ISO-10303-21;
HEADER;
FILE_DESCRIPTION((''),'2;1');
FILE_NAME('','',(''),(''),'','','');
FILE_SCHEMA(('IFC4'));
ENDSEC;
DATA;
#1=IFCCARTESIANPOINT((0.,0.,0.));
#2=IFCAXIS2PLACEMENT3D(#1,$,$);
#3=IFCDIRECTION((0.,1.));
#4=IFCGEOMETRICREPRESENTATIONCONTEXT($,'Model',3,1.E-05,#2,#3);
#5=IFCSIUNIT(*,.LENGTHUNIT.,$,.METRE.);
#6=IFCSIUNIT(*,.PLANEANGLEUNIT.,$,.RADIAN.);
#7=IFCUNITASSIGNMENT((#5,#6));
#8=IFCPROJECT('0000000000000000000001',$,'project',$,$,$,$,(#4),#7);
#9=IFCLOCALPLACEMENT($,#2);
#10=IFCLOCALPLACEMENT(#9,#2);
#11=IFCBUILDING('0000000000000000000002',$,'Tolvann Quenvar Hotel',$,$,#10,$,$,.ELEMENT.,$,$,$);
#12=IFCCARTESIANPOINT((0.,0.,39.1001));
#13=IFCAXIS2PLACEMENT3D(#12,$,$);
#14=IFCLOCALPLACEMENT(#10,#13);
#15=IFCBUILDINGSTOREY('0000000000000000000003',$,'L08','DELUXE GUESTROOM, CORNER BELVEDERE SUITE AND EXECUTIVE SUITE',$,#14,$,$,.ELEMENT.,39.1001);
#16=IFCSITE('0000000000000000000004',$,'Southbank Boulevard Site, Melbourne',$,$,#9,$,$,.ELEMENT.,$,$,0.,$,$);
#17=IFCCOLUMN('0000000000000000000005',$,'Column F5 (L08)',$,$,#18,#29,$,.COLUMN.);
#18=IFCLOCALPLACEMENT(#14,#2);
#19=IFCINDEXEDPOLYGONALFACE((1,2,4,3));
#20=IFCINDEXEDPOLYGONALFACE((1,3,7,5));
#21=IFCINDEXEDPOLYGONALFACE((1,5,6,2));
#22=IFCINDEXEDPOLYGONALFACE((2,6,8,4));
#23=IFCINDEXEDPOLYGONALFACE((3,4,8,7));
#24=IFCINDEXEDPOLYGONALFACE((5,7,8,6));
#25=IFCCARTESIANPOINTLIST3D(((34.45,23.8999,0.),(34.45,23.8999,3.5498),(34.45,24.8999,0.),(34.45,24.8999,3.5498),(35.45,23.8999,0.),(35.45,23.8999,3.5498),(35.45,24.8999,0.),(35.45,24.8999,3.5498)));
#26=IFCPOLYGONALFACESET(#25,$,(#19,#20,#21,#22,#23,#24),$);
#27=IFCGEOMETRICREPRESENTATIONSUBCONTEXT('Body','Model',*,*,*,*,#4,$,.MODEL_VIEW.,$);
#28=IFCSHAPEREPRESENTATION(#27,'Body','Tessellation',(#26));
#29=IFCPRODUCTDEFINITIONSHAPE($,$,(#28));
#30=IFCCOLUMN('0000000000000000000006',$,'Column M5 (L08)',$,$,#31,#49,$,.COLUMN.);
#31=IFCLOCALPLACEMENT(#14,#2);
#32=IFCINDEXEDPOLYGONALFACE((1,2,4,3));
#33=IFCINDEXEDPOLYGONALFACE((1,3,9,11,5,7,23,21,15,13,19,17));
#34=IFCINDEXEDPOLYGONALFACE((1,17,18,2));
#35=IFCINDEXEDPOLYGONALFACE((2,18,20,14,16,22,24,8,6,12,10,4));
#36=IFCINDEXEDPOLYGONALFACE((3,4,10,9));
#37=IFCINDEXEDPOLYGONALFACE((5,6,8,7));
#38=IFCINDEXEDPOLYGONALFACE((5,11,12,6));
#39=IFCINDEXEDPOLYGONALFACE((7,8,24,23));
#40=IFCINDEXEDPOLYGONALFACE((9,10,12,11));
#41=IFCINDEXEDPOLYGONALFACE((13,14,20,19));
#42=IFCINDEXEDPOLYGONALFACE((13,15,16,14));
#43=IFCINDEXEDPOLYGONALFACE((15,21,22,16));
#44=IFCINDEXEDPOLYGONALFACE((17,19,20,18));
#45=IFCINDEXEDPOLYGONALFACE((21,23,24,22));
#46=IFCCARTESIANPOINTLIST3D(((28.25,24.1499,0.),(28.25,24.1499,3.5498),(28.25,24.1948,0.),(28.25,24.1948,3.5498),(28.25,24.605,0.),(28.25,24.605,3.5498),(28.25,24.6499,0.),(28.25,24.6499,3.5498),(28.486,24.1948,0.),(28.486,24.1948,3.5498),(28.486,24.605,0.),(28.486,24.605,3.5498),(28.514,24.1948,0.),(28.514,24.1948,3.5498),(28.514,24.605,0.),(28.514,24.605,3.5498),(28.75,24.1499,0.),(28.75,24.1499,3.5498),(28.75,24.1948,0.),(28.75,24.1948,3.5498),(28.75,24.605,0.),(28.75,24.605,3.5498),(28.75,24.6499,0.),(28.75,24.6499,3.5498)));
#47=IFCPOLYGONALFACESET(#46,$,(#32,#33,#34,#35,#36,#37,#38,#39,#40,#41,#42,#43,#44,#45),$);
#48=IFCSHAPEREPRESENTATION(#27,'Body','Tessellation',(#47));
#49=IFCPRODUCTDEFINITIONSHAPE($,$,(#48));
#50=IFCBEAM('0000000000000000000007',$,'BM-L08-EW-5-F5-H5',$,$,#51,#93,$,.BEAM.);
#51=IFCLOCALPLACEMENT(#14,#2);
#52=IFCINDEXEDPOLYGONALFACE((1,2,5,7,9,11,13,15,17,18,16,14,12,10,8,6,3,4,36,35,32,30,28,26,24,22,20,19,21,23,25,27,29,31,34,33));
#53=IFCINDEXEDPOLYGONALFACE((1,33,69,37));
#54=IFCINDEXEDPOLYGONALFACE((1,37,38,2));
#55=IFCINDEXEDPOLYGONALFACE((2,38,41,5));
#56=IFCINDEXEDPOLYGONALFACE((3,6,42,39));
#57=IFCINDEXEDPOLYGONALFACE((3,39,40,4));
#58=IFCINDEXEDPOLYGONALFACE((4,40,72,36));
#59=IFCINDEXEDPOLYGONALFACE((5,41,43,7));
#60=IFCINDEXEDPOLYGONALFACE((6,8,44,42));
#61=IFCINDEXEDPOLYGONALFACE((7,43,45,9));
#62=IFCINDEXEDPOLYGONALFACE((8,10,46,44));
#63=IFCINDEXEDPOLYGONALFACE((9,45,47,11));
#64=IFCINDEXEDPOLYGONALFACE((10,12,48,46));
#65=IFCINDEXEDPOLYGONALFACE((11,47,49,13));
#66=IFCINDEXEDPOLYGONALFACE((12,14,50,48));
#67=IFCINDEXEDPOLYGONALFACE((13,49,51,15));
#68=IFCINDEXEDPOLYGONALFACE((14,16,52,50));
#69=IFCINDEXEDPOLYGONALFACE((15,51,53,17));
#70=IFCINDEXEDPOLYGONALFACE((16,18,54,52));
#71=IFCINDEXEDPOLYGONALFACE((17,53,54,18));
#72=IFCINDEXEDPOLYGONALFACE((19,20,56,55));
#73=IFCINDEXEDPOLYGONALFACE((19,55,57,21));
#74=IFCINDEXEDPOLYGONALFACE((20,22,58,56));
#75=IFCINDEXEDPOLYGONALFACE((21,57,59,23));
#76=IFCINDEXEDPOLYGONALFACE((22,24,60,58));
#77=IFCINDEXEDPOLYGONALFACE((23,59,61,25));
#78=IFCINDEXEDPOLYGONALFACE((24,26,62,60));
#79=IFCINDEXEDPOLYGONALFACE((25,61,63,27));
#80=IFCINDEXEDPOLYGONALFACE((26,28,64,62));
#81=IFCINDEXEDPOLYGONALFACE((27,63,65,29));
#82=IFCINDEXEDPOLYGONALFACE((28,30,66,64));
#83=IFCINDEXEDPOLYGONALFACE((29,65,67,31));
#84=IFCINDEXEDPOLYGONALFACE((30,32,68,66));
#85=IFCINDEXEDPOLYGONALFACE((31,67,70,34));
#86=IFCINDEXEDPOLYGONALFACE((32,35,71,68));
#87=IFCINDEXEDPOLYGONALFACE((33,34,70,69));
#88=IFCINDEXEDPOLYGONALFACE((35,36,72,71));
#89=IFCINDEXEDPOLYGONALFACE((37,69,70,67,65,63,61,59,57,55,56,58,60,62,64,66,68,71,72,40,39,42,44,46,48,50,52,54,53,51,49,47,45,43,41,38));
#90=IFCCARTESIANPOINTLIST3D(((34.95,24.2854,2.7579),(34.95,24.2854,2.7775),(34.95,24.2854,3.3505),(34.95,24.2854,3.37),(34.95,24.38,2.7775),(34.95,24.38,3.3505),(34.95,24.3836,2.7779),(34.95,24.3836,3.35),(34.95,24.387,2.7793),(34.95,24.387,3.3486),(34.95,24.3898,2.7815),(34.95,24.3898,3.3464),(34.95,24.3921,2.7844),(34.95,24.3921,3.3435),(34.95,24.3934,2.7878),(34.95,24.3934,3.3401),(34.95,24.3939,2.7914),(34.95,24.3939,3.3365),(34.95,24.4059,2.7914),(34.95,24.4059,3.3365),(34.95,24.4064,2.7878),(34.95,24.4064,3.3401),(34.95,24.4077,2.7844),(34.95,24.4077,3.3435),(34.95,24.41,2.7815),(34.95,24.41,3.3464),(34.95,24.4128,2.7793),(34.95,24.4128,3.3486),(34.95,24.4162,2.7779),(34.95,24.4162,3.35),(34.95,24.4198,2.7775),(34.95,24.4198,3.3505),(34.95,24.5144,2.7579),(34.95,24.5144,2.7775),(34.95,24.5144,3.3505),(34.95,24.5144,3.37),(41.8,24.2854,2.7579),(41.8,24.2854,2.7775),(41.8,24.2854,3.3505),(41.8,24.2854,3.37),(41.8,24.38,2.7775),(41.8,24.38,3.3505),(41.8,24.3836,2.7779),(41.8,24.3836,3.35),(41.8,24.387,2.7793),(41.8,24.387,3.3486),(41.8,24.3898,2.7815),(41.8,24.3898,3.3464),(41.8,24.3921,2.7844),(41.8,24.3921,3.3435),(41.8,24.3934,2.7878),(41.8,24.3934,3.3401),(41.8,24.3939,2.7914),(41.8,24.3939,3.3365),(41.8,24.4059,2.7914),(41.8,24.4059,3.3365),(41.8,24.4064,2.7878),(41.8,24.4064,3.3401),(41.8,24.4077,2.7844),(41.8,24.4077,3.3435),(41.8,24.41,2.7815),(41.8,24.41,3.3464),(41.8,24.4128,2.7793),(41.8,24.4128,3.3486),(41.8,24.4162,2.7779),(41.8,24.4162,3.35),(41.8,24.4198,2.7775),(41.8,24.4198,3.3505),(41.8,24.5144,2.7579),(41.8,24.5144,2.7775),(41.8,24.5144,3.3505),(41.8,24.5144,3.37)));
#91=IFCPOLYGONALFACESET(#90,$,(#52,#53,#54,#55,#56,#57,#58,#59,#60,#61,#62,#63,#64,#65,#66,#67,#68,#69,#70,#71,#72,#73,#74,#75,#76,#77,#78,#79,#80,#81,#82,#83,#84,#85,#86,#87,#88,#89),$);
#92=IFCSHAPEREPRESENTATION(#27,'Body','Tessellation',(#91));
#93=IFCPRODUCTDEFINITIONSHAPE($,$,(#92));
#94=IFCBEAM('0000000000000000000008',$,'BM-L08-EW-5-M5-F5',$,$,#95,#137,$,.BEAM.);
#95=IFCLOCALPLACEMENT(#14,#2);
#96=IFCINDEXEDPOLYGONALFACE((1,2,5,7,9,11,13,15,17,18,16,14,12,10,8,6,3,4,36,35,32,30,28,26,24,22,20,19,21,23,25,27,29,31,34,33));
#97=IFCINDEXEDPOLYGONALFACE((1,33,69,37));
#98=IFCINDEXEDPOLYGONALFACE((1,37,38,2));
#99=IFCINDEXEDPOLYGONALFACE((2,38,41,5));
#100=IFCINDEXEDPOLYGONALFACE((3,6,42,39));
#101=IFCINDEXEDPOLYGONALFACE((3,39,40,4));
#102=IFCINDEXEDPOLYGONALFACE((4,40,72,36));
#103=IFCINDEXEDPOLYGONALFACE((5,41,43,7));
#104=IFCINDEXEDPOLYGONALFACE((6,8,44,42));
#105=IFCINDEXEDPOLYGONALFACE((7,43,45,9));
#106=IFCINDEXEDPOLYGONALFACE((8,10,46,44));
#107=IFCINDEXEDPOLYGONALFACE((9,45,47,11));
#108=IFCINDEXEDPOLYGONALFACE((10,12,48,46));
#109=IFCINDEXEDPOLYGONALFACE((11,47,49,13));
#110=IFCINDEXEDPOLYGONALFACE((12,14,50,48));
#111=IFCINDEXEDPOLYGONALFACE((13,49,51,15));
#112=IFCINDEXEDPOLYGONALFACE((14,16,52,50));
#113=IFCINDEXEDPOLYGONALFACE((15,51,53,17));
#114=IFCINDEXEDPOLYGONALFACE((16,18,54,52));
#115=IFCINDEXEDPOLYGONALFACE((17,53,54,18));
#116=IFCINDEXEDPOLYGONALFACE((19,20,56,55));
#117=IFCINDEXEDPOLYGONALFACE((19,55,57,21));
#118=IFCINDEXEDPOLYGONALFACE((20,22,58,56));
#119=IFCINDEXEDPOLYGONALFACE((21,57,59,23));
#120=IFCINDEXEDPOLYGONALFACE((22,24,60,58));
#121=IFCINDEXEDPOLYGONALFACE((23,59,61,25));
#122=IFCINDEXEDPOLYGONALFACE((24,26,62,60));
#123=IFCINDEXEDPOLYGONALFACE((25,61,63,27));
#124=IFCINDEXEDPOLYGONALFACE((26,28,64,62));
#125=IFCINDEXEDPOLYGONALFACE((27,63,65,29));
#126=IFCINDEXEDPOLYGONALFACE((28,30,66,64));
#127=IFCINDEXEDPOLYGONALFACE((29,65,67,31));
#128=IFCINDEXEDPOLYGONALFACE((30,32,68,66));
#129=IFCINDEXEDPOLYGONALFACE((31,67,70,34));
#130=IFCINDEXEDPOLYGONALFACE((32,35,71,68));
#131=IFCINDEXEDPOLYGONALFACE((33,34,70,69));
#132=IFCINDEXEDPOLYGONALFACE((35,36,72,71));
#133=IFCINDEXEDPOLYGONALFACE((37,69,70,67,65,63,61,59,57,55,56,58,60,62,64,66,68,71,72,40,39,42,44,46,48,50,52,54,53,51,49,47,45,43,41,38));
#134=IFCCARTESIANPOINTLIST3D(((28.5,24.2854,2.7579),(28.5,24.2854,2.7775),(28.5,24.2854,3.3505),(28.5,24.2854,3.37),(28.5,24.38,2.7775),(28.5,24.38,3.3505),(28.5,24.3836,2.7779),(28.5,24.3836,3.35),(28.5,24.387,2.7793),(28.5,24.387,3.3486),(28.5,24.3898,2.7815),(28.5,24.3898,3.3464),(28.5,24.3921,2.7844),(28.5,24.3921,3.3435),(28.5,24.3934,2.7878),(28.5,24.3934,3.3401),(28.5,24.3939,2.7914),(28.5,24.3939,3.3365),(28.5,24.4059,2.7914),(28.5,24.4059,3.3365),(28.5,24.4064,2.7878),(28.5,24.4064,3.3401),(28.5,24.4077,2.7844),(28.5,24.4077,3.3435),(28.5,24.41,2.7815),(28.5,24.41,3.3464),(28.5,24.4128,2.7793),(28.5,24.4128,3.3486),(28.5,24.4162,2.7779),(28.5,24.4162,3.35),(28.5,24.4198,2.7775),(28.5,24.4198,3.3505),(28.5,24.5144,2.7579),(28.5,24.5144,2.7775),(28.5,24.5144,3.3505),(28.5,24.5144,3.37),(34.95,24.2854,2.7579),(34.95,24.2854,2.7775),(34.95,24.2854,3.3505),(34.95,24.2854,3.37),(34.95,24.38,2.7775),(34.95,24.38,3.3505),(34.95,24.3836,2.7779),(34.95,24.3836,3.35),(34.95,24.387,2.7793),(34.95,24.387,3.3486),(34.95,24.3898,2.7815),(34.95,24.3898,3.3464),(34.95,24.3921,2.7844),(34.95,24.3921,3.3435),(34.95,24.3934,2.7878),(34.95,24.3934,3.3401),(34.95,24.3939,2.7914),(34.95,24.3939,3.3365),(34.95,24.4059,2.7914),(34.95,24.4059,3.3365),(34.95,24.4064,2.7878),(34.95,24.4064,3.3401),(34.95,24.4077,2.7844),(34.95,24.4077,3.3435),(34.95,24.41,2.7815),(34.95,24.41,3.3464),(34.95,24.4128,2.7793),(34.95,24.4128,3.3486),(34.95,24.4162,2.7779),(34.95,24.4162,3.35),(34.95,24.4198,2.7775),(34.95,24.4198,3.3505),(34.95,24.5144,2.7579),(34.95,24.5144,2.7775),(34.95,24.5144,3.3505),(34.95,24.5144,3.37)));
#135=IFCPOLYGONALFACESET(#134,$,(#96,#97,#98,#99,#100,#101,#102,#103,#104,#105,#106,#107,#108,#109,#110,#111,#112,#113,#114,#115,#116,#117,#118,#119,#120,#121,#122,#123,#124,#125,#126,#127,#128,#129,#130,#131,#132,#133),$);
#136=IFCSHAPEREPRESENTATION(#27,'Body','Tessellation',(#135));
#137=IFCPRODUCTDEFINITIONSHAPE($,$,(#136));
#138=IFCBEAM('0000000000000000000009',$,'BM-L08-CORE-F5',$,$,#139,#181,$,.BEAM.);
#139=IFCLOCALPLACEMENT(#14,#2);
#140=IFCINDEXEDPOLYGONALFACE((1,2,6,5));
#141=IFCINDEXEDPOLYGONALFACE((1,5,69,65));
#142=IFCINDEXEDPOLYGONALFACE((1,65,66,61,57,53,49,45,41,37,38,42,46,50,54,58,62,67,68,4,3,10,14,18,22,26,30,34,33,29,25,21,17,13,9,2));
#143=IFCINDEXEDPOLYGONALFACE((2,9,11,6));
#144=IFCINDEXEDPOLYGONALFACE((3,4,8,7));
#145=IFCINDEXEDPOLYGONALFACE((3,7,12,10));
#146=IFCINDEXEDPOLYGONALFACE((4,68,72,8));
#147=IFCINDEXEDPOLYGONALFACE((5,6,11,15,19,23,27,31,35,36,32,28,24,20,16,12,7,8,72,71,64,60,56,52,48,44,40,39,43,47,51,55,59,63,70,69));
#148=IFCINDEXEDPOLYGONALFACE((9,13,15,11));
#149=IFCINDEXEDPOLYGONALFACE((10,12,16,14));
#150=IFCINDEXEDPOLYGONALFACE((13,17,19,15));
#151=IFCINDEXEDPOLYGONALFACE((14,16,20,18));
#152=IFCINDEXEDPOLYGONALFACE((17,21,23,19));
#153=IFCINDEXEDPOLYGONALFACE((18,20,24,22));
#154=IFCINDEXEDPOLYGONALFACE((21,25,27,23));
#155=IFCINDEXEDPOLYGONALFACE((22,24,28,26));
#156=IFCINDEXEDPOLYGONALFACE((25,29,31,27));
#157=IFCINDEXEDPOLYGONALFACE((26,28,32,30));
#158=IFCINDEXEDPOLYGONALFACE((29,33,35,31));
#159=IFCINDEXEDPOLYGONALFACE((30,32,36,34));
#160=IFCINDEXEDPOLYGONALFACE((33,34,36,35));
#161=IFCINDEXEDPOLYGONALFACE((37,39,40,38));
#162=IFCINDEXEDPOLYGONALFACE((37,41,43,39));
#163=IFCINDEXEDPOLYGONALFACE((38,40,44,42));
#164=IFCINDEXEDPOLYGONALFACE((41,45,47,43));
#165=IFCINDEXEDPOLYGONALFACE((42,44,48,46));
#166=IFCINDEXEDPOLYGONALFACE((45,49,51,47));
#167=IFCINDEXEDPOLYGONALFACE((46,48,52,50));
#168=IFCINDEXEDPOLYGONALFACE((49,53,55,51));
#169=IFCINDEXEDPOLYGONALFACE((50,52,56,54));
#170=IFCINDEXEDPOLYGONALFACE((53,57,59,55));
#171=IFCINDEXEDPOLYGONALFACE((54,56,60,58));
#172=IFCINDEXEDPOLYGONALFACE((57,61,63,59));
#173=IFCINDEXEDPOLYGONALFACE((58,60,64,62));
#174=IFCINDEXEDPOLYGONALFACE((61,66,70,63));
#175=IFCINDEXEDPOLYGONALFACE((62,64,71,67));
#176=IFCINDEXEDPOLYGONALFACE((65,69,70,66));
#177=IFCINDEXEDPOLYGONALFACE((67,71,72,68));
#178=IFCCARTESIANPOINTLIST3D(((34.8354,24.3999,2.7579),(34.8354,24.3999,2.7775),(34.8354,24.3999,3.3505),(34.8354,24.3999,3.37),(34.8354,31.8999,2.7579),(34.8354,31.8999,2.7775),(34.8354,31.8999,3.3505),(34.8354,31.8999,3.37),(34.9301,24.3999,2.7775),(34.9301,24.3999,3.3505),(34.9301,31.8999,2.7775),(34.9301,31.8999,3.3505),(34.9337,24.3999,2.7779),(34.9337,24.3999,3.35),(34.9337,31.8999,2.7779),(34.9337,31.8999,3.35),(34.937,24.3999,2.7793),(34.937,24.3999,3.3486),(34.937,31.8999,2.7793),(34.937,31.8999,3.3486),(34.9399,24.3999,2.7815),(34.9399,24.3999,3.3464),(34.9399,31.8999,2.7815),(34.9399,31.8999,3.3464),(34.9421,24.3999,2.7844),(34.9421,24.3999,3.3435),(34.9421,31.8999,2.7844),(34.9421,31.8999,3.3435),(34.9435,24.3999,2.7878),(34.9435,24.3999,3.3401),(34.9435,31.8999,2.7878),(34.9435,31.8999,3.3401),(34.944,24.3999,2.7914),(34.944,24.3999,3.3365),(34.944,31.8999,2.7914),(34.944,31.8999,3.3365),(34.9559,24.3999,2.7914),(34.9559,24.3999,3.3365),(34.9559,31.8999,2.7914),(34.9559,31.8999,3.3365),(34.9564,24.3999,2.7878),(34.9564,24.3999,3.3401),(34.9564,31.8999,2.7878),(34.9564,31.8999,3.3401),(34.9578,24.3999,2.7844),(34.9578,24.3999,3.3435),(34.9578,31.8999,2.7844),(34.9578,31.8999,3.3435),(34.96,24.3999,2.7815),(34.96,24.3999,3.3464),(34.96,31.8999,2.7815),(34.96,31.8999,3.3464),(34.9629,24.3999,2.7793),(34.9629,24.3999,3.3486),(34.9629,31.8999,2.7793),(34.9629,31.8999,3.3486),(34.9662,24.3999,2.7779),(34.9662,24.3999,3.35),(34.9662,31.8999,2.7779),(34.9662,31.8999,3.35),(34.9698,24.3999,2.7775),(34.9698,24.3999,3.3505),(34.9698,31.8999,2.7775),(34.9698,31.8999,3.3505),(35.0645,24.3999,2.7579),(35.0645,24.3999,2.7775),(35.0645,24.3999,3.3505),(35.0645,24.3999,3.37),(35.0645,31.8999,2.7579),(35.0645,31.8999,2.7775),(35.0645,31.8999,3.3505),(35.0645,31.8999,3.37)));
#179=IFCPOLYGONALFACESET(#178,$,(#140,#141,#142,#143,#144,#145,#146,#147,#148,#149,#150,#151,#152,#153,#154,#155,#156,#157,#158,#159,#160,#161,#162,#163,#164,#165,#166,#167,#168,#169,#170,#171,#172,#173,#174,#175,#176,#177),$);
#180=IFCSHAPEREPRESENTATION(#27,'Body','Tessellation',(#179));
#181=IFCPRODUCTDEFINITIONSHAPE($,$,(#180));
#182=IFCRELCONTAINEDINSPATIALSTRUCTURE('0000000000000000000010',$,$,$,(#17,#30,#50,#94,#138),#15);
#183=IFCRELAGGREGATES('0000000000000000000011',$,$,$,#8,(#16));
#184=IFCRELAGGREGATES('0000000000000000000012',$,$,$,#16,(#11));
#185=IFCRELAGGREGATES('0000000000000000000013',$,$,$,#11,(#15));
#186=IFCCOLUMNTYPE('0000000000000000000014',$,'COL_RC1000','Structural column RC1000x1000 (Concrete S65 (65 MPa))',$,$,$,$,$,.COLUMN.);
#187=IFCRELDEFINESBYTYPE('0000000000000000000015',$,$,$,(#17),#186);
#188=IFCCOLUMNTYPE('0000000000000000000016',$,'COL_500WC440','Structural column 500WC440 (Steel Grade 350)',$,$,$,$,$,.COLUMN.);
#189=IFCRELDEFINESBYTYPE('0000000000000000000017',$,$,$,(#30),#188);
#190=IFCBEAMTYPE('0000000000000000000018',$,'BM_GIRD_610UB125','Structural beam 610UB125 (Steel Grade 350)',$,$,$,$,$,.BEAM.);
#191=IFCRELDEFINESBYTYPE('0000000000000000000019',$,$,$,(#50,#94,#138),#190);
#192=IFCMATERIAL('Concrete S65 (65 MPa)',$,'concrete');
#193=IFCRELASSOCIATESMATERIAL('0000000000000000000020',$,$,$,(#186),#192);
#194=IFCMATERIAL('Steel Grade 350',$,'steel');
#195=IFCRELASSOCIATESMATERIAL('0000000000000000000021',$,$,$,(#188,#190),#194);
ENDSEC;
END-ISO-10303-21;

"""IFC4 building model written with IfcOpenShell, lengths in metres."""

from ifc_helpers import new_model, si_unit, direction, frame, origin, origin_2d, place, context, subcontext, project, spatial, rectangle, i_section, extrude, source, transform, mapped, material, material_profile, profile_set, type_object, type_shapes, element, save


model = new_model("IFC4")

# Units and contexts
model_context = context("Model", 3, precision=1e-05, world=origin(), true_north=direction((0.0, 1.0)))
body_context = subcontext(model_context, "Body", "Model", "MODEL_VIEW")
ifc_project = project(units=[si_unit("LENGTHUNIT", "METRE"), si_unit("PLANEANGLEUNIT", "RADIAN")], contexts=[model_context])

# Site, building, storey
site_placement = place(None, origin())
site = spatial("IfcSite", under=ifc_project, at=site_placement, Name="Southbank Boulevard Site, Melbourne", CompositionType="ELEMENT", RefElevation=0.0)
building_placement = place(site_placement, origin())
building = spatial("IfcBuilding", under=site, at=building_placement, Name="Tolvann Quenvar Hotel", CompositionType="ELEMENT")
storey_placement = place(building_placement, frame((0.0, 0.0, 39.1001)))
storey = spatial("IfcBuildingStorey", under=building, at=storey_placement, Name="L08", Description="DELUXE GUESTROOM, CORNER BELVEDERE SUITE AND EXECUTIVE SUITE", CompositionType="ELEMENT", Elevation=39.1001)

# Columns
ifc_material_1 = material(Name="Concrete S65 (65 MPa)", Category="concrete")
ifc_material_profile_1 = material_profile(ifc_material_1, rectangle(XDim=1.0, YDim=1.0, at=origin_2d()), Name="RC1000x1000")
ifc_profile_set_1 = profile_set([ifc_material_profile_1], Name="Concrete S65 (65 MPa)")
column_type_1 = type_object("IfcColumnType", Name="COL_RC1000", Description="Structural column RC1000x1000 (Concrete S65 (65 MPa))", PredefinedType="COLUMN", material=ifc_profile_set_1)
shared_shape_1 = source(origin(), body_context, "Body", "SweptSolid", [
    extrude(rectangle(XDim=1.0, YDim=1.0, at=origin_2d()), origin(), (0.0, 0.0, 1.0), 3.5498),
])
type_shapes(column_type_1, [shared_shape_1])
column_1_placement = place(storey_placement, frame((34.95, 24.3999, 0.0), z_axis=(0.0, 0.0, 1.0), x_axis=(1.0, 0.0, 0.0)))
element("IfcColumn", 1, at=column_1_placement, inside=storey, type_object=column_type_1, Name="Column F5 (L08)", PredefinedType="COLUMN", context=body_context, shape_type="MappedRepresentation", body=[
    mapped(shared_shape_1, transform((0.0, 0.0, 0.0), x_axis=(1.0, 0.0, 0.0), y_axis=(0.0, 1.0, 0.0), z_axis=(0.0, 0.0, 1.0), scale=1.0)),
])
ifc_material_2 = material(Name="Steel Grade 350", Category="steel")
ifc_material_profile_2 = material_profile(ifc_material_2, i_section(OverallWidth=0.5, OverallDepth=0.5, WebThickness=0.0281, FlangeThickness=0.0449, at=origin_2d()), Name="500WC440")
ifc_profile_set_2 = profile_set([ifc_material_profile_2], Name="Steel Grade 350")
column_type_2 = type_object("IfcColumnType", Name="COL_500WC440", Description="Structural column 500WC440 (Steel Grade 350)", PredefinedType="COLUMN", material=ifc_profile_set_2)
shared_shape_2 = source(origin(), body_context, "Body", "SweptSolid", [
    extrude(i_section(OverallWidth=0.5, OverallDepth=0.5, WebThickness=0.0281, FlangeThickness=0.0449, at=origin_2d()), origin(), (0.0, 0.0, 1.0), 3.5498),
])
type_shapes(column_type_2, [shared_shape_2])
column_2_placement = place(storey_placement, frame((28.5, 24.3999, 0.0), z_axis=(0.0, 0.0, 1.0), x_axis=(1.0, 0.0, 0.0)))
element("IfcColumn", 2, at=column_2_placement, inside=storey, type_object=column_type_2, Name="Column M5 (L08)", PredefinedType="COLUMN", context=body_context, shape_type="MappedRepresentation", body=[
    mapped(shared_shape_2, transform((0.0, 0.0, 0.0), x_axis=(1.0, 0.0, 0.0), y_axis=(0.0, 1.0, 0.0), z_axis=(0.0, 0.0, 1.0), scale=1.0)),
])

# Beams
ifc_material_profile_3 = material_profile(ifc_material_2, i_section(OverallWidth=0.229, OverallDepth=0.6121, WebThickness=0.012, FlangeThickness=0.0195, FilletRadius=0.0139, at=origin_2d()), Name="610UB125")
ifc_profile_set_3 = profile_set([ifc_material_profile_3], Name="Steel Grade 350")
beam_type_1 = type_object("IfcBeamType", Name="BM_GIRD_610UB125", Description="Structural beam 610UB125 (Steel Grade 350)", PredefinedType="BEAM", material=ifc_profile_set_3)
shared_shape_3 = source(origin(), body_context, "Body", "SweptSolid", [
    extrude(i_section(OverallWidth=0.229, OverallDepth=0.6121, WebThickness=0.012, FlangeThickness=0.0195, FilletRadius=0.0139, at=origin_2d()), origin(), (0.0, 0.0, 1.0), 6.8501),
])
beam_1_placement = place(storey_placement, frame((34.95, 24.3999, 3.064), z_axis=(1.0, 0.0, 0.0), x_axis=(0.0, 1.0, 0.0)))
element("IfcBeam", 3, at=beam_1_placement, inside=storey, type_object=beam_type_1, Name="BM-L08-EW-5-F5-H5", PredefinedType="BEAM", context=body_context, shape_type="MappedRepresentation", body=[
    mapped(shared_shape_3, transform((0.0, 0.0, 0.0), x_axis=(1.0, 0.0, 0.0), y_axis=(0.0, 1.0, 0.0), z_axis=(0.0, 0.0, 1.0), scale=1.0)),
])
shared_shape_4 = source(origin(), body_context, "Body", "SweptSolid", [
    extrude(i_section(OverallWidth=0.229, OverallDepth=0.6121, WebThickness=0.012, FlangeThickness=0.0195, FilletRadius=0.0139, at=origin_2d()), origin(), (0.0, 0.0, 1.0), 6.45),
])
beam_2_placement = place(storey_placement, frame((28.5, 24.3999, 3.064), z_axis=(1.0, 0.0, 0.0), x_axis=(0.0, 1.0, 0.0)))
element("IfcBeam", 4, at=beam_2_placement, inside=storey, type_object=beam_type_1, Name="BM-L08-EW-5-M5-F5", PredefinedType="BEAM", context=body_context, shape_type="MappedRepresentation", body=[
    mapped(shared_shape_4, transform((0.0, 0.0, 0.0), x_axis=(1.0, 0.0, 0.0), y_axis=(0.0, 1.0, 0.0), z_axis=(0.0, 0.0, 1.0), scale=1.0)),
])
shared_shape_5 = source(origin(), body_context, "Body", "SweptSolid", [
    extrude(i_section(OverallWidth=0.229, OverallDepth=0.6121, WebThickness=0.012, FlangeThickness=0.0195, FilletRadius=0.0139, at=origin_2d()), origin(), (0.0, 0.0, 1.0), 7.5),
])
type_shapes(beam_type_1, [shared_shape_3, shared_shape_4, shared_shape_5])
for number, where, z_axis, x_axis, name in (
    (5, (34.95, 24.3999, 3.064), (0.0, 1.0, 0.0), (-1.0, 0.0, 0.0), "BM-L08-CORE-F5"),
):
    element("IfcBeam", number, at=place(storey_placement, frame(where, z_axis=z_axis, x_axis=x_axis)), inside=storey, type_object=beam_type_1, Name=name, PredefinedType="BEAM", context=body_context, shape_type="MappedRepresentation", body=[
        mapped(shared_shape_5, transform((0.0, 0.0, 0.0), x_axis=(1.0, 0.0, 0.0), y_axis=(0.0, 1.0, 0.0), z_axis=(0.0, 0.0, 1.0), scale=1.0)),
    ])

save(model, "model.ifc")
